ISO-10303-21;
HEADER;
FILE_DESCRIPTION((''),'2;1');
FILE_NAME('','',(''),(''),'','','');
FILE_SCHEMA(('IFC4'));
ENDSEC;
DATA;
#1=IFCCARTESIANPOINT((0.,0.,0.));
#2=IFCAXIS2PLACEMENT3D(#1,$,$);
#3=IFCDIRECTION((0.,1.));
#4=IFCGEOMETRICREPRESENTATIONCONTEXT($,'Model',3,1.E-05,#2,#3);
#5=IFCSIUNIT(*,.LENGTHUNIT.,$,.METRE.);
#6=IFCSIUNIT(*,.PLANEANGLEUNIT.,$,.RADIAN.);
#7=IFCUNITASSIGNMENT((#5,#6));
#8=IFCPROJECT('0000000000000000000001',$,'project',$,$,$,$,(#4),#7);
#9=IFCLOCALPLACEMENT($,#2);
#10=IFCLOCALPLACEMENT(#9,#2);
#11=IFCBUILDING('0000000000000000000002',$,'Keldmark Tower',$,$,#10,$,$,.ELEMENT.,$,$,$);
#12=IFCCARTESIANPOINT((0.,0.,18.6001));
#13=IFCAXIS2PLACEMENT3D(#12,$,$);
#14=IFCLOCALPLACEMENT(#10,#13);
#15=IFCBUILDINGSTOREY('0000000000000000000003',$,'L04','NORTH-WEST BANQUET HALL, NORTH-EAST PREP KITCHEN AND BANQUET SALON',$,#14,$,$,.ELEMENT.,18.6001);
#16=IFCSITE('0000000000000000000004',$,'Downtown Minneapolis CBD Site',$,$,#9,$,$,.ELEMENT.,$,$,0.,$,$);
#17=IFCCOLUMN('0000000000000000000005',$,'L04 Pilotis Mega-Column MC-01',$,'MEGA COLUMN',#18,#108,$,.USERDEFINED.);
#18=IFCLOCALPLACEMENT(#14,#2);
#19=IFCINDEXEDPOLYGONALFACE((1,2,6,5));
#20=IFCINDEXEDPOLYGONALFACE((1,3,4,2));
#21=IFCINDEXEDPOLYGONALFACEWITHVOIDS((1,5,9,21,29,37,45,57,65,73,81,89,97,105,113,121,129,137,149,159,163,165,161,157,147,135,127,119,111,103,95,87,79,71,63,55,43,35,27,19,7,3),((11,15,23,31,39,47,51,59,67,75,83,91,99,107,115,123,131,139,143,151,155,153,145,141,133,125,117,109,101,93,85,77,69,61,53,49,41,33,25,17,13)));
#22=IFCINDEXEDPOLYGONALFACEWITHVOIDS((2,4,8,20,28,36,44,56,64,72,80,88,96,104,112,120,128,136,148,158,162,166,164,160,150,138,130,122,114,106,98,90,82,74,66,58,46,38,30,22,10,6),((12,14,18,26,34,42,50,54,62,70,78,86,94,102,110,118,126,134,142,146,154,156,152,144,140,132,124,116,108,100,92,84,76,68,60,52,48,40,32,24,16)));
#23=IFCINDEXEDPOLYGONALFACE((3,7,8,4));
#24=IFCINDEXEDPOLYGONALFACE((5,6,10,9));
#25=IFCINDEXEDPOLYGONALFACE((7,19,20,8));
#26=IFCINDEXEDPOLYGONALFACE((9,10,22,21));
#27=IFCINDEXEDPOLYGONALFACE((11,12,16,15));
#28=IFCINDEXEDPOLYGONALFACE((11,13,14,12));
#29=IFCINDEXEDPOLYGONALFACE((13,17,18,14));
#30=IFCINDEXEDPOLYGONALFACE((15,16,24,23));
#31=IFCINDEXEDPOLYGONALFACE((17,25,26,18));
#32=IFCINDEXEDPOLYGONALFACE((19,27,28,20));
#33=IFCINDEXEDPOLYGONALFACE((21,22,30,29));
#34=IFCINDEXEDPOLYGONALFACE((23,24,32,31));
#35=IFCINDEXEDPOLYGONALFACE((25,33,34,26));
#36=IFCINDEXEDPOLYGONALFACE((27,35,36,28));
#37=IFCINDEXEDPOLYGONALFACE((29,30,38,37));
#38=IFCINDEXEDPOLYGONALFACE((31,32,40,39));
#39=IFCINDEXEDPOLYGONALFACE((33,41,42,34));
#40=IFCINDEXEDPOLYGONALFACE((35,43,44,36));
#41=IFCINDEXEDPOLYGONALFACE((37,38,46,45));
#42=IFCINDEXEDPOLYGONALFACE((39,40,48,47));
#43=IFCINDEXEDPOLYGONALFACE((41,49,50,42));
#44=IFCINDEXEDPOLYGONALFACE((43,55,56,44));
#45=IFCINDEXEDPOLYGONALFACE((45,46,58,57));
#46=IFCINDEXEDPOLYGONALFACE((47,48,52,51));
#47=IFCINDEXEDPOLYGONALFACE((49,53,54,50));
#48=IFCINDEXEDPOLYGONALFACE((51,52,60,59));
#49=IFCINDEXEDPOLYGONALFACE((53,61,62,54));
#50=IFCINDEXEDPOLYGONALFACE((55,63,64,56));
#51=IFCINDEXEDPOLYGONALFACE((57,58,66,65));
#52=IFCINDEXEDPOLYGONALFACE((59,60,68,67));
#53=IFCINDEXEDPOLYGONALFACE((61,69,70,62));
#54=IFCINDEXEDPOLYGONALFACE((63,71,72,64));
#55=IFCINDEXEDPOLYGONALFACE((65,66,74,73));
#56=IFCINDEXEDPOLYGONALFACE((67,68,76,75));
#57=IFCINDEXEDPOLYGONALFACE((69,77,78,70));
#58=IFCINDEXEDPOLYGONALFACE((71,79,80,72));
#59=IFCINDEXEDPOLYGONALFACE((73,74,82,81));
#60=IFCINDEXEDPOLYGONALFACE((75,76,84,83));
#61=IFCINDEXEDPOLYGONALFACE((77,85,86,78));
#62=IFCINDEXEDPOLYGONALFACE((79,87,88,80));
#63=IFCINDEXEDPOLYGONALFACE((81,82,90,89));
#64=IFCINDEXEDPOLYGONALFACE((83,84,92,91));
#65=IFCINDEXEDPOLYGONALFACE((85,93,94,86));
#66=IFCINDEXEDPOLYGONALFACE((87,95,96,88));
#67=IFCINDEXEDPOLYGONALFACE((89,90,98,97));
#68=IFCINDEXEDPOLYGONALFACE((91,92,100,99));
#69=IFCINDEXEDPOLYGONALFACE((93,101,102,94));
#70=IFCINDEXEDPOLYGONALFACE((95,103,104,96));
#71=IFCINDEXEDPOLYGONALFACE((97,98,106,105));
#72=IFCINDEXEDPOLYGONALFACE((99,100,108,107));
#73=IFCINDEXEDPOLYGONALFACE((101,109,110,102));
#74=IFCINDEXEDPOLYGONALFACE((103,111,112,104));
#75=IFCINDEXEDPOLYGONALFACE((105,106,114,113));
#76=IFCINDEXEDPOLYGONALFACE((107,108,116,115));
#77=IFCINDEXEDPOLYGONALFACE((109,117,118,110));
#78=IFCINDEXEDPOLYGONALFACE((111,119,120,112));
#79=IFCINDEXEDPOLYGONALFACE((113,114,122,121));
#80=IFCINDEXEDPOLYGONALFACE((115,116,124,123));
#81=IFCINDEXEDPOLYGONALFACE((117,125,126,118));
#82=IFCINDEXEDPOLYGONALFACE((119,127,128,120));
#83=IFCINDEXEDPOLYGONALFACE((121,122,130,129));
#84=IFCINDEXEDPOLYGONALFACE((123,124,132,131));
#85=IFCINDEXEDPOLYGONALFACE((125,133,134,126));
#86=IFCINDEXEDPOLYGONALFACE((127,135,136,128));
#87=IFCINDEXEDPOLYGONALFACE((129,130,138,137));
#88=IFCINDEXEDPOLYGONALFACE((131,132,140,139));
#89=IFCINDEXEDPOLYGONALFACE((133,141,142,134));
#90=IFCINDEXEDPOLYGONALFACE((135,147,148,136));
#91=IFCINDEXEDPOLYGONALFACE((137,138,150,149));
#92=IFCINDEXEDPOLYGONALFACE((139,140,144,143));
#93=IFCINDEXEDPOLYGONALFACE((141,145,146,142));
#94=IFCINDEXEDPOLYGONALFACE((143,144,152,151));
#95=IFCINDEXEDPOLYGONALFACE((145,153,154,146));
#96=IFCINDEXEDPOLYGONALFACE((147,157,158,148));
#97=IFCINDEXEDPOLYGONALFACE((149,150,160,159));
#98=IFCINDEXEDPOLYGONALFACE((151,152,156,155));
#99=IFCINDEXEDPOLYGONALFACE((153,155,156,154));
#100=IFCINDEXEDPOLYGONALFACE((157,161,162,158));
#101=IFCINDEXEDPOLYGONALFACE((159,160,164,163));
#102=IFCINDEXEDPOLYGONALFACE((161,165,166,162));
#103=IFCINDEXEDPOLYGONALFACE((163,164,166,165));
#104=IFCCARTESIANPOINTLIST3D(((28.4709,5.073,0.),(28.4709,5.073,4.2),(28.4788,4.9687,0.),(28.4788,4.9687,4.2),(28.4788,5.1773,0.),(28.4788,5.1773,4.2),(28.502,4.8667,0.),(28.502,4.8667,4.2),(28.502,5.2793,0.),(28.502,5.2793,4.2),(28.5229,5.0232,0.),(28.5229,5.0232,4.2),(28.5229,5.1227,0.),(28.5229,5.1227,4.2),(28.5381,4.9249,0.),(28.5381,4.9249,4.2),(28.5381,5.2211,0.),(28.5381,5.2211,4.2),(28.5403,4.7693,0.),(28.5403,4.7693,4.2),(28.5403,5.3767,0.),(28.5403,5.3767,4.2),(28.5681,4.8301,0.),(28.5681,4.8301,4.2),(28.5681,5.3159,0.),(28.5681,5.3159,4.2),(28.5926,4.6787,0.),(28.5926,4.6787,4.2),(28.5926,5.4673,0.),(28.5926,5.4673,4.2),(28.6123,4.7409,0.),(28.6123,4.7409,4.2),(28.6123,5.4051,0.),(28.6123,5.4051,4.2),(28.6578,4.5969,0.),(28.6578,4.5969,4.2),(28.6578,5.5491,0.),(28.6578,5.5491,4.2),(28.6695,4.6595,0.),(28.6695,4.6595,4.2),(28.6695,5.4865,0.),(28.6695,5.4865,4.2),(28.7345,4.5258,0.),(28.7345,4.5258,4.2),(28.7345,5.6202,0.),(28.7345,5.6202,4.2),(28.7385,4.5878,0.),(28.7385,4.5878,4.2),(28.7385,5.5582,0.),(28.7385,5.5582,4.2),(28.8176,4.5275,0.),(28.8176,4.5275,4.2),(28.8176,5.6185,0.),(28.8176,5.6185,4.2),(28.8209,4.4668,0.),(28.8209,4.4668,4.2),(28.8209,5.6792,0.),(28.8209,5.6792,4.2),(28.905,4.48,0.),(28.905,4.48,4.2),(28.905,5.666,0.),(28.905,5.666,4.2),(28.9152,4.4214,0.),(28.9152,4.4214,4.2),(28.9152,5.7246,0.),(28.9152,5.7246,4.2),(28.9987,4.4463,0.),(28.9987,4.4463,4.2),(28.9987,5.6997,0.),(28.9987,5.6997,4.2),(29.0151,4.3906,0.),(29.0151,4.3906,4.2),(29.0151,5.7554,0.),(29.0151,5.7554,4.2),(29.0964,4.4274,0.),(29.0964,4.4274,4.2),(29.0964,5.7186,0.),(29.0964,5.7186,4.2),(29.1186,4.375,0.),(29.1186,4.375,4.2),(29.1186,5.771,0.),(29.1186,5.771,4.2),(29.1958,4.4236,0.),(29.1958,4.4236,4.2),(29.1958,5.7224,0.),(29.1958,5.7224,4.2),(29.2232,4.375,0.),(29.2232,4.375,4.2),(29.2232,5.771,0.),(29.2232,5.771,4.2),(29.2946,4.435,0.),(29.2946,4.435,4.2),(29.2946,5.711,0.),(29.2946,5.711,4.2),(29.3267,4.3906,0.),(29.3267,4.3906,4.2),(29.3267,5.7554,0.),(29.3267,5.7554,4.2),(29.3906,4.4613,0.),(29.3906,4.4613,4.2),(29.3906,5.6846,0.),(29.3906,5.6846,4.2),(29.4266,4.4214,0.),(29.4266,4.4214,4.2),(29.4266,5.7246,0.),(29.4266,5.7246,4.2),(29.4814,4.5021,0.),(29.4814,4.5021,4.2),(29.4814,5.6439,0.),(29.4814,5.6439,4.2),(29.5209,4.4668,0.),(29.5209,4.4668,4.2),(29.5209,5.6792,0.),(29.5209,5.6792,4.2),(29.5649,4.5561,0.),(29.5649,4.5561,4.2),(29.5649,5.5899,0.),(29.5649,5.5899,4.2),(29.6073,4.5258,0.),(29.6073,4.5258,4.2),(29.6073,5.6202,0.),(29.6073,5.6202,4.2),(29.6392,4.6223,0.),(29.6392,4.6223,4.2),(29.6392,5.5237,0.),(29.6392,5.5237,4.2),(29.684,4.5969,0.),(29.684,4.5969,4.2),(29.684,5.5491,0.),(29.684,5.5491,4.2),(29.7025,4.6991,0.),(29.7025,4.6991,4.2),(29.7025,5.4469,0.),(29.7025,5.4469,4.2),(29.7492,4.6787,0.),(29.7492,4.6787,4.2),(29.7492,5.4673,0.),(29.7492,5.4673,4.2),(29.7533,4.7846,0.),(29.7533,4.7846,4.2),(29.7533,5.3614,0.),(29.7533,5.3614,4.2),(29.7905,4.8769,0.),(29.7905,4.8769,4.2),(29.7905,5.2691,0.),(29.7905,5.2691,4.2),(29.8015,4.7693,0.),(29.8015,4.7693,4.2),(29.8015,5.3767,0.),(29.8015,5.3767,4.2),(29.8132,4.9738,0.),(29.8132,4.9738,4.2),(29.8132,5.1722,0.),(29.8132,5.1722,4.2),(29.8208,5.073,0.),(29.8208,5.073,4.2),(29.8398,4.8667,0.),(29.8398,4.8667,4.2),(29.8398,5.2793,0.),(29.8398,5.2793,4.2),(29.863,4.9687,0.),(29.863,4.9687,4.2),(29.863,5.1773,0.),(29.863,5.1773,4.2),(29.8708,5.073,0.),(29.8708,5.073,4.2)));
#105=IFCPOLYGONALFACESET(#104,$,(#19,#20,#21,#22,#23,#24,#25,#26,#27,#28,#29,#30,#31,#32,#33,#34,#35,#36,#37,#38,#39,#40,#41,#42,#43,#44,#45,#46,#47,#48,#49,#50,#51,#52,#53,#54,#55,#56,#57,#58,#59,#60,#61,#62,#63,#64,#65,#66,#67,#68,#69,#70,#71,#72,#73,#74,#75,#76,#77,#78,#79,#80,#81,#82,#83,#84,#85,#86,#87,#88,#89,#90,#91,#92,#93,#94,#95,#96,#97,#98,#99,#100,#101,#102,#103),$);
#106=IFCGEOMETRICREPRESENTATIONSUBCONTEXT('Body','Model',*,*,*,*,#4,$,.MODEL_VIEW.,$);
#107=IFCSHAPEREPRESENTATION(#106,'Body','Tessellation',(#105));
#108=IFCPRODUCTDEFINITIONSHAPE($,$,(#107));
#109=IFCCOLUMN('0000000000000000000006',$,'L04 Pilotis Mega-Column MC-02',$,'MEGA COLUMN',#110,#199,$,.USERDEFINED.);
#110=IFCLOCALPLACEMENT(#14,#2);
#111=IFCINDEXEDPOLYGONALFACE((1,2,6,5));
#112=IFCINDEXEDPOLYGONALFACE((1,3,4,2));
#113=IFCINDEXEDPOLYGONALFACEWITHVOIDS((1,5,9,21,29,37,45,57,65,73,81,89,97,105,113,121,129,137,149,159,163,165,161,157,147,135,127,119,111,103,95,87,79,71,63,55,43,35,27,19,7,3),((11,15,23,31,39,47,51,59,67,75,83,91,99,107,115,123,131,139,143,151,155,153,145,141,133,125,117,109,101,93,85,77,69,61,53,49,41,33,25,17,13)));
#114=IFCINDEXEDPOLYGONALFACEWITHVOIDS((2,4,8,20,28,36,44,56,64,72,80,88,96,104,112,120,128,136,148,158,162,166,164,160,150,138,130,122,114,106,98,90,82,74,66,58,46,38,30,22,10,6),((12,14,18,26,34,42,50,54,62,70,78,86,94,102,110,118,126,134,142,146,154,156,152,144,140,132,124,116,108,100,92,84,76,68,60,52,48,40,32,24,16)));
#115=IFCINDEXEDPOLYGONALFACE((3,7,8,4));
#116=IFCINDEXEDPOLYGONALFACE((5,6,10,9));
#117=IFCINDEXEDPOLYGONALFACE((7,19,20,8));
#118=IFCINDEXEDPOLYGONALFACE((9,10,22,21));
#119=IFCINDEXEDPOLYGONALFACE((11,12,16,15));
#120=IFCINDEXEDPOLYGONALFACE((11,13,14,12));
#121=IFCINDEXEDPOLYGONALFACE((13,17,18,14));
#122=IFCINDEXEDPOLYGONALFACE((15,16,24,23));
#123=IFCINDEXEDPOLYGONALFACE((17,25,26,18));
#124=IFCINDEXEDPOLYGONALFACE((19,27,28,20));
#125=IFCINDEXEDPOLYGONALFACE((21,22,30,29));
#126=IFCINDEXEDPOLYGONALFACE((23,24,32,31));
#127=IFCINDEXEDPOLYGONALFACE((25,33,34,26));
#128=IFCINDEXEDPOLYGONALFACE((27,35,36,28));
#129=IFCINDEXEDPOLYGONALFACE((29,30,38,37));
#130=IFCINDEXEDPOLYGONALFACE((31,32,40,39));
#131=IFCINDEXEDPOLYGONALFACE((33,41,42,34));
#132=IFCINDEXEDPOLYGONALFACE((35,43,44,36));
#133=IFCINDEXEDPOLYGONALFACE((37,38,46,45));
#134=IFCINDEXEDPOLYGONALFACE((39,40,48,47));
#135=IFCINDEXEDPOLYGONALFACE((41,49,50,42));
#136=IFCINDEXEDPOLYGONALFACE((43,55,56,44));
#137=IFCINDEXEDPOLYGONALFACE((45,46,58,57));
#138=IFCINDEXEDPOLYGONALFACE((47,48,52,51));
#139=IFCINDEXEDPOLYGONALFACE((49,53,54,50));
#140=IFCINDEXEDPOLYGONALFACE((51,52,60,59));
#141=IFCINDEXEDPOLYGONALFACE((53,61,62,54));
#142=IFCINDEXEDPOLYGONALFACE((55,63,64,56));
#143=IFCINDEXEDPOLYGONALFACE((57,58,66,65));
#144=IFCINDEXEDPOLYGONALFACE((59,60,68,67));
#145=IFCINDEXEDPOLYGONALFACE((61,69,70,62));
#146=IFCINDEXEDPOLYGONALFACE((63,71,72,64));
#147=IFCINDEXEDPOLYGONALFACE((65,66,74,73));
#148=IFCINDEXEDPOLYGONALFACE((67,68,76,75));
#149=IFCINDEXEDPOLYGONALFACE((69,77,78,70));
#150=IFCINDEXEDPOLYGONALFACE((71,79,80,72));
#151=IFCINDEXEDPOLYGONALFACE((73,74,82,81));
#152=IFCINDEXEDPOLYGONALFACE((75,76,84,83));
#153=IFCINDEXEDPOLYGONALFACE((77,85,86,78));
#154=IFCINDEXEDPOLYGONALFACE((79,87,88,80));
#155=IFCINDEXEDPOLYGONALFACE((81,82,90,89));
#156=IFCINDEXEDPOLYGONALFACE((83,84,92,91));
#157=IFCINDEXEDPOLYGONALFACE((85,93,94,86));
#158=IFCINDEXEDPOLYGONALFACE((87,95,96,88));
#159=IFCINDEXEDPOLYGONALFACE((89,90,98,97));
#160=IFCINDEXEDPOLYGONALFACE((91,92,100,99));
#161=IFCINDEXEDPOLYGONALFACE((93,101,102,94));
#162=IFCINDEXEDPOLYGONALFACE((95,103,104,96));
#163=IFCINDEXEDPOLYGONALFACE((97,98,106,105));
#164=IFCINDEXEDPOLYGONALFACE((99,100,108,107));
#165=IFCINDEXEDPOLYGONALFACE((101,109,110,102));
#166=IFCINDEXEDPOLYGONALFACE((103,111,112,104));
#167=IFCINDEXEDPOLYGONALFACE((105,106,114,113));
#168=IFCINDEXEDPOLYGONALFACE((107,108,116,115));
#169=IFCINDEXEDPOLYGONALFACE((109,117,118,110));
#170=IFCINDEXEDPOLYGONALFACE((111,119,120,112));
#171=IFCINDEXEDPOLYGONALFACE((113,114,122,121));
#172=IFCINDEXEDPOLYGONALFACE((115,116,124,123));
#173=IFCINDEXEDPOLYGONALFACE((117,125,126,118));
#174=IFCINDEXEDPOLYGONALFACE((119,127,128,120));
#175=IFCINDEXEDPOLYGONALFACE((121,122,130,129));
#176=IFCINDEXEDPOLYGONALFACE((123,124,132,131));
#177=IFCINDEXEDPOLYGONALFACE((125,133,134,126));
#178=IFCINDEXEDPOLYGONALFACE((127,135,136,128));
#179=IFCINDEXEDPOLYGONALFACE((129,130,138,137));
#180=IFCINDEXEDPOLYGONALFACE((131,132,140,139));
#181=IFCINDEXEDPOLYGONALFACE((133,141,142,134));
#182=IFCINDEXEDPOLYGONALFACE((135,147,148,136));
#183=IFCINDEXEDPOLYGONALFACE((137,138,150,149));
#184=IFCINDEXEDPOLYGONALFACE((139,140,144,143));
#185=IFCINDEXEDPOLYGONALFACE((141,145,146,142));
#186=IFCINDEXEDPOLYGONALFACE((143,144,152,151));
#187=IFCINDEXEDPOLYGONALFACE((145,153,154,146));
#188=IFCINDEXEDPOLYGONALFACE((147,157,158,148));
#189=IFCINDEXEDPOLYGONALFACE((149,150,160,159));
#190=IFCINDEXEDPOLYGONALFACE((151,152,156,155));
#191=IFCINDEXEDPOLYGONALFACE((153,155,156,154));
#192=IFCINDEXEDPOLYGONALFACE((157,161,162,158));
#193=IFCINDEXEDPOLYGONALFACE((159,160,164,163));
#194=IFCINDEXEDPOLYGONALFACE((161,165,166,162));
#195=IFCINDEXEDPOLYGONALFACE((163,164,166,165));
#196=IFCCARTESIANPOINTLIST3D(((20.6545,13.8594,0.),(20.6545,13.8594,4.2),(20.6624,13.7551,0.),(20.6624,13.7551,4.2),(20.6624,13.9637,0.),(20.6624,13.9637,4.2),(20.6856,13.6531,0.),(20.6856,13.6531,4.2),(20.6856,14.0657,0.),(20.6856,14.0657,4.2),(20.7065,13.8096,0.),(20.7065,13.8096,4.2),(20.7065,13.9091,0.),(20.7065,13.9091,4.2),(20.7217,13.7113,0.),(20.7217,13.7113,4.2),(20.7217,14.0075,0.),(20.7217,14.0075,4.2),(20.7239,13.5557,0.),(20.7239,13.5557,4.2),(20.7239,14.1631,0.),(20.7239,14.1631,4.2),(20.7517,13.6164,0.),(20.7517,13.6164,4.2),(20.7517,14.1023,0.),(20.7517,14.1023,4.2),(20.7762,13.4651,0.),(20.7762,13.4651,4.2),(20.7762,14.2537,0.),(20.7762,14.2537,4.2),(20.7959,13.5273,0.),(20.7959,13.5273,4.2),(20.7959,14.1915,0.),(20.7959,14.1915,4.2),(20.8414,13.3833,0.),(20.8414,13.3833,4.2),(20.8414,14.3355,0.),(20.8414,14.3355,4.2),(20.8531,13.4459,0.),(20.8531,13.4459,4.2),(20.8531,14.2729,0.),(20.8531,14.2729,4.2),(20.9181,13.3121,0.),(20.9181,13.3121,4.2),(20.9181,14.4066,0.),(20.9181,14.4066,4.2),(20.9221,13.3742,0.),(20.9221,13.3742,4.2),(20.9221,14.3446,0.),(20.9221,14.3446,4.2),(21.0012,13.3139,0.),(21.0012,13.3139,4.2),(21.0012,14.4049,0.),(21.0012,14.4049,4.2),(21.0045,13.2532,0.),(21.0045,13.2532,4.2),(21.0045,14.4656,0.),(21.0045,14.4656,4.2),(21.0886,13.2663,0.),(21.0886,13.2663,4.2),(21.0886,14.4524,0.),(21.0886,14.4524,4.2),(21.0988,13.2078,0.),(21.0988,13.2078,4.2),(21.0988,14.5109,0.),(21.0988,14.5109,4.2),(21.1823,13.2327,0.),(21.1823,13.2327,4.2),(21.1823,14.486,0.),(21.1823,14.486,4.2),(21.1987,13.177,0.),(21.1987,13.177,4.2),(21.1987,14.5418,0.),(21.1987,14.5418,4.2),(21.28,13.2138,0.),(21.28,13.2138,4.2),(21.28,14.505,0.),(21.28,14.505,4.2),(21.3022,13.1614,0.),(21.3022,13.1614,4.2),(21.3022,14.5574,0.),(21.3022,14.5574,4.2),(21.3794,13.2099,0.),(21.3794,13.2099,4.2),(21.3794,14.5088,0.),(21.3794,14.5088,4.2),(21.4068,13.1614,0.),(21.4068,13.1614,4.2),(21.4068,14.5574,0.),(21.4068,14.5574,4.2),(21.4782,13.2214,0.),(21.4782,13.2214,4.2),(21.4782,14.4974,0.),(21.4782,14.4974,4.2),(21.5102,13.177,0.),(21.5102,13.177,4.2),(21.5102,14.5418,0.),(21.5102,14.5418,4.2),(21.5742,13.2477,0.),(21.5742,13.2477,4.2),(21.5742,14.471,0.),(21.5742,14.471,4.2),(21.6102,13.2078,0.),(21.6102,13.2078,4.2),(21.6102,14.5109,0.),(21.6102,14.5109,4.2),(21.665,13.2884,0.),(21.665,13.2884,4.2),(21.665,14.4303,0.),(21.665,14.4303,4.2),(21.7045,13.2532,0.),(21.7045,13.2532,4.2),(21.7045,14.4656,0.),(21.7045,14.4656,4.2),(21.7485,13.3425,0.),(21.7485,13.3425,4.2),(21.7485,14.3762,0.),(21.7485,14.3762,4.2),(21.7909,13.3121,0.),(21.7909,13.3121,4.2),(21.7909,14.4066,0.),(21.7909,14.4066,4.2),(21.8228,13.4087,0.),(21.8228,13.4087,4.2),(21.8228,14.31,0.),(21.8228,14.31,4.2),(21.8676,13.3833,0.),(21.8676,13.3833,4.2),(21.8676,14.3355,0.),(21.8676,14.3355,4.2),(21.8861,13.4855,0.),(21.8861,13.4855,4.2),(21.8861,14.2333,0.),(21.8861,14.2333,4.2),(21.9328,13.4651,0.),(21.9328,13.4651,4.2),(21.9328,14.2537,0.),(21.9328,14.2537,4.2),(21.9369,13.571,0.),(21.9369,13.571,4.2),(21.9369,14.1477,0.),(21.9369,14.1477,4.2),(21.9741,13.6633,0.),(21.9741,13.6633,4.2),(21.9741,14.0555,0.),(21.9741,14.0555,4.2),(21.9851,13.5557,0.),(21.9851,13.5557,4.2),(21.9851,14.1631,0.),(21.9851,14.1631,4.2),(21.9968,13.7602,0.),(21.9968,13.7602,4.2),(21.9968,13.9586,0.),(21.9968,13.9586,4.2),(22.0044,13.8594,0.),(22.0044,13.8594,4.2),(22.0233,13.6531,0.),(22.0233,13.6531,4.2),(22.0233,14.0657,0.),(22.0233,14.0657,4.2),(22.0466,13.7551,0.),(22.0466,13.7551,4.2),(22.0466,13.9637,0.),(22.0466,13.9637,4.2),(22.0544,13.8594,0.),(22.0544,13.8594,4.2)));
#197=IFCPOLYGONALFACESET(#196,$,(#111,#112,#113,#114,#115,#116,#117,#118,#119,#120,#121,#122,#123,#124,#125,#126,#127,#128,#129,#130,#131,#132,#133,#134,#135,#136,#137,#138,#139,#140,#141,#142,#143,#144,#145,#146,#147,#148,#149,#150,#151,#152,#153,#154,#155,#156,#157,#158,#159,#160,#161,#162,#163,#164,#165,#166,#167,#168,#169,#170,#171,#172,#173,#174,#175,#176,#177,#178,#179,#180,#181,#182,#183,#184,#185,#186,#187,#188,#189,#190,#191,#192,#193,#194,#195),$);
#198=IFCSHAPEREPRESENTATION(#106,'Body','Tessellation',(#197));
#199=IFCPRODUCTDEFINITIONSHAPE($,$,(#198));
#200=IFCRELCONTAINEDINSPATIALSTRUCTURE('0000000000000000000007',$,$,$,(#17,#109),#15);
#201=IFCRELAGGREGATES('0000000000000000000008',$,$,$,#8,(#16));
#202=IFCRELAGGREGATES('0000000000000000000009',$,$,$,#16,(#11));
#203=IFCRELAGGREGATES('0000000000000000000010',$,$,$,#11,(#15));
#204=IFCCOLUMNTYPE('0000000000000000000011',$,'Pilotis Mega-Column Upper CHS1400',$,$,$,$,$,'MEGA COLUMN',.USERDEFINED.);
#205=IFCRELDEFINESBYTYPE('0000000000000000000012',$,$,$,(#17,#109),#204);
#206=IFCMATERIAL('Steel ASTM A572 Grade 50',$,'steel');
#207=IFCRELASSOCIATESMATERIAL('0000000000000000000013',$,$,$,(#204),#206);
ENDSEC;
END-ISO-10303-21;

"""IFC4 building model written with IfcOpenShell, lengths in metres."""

from ifc_helpers import new_model, si_unit, direction, frame, origin, origin_2d, place, context, subcontext, project, spatial, hollow_circle, extrude, material, material_profile, profile_set, type_object, element, save


model = new_model("IFC4")

# Units and contexts
model_context = context("Model", 3, precision=1e-05, world=origin(), true_north=direction((0.0, 1.0)))
body_context = subcontext(model_context, "Body", "Model", "MODEL_VIEW")
ifc_project = project(units=[si_unit("LENGTHUNIT", "METRE"), si_unit("PLANEANGLEUNIT", "RADIAN")], contexts=[model_context])

# Site, building, storey
site_placement = place(None, origin())
site = spatial("IfcSite", under=ifc_project, at=site_placement, Name="Downtown Minneapolis CBD Site", CompositionType="ELEMENT", RefElevation=0.0)
building_placement = place(site_placement, origin())
building = spatial("IfcBuilding", under=site, at=building_placement, Name="Keldmark Tower", CompositionType="ELEMENT")
storey_placement = place(building_placement, frame((0.0, 0.0, 18.6001)))
storey = spatial("IfcBuildingStorey", under=building, at=storey_placement, Name="L04", Description="NORTH-WEST BANQUET HALL, NORTH-EAST PREP KITCHEN AND BANQUET SALON", CompositionType="ELEMENT", Elevation=18.6001)

# Columns
ifc_material_1 = material(Name="Steel ASTM A572 Grade 50", Category="steel")
ifc_material_profile_1 = material_profile(ifc_material_1, hollow_circle(Radius=0.7, WallThickness=0.05, at=origin_2d()), Name="CHS1400X50")
ifc_profile_set_1 = profile_set([ifc_material_profile_1], Name="Steel ASTM A572 Grade 50")
column_type = type_object("IfcColumnType", Name="Pilotis Mega-Column Upper CHS1400", ElementType="MEGA COLUMN", PredefinedType="USERDEFINED", material=ifc_profile_set_1)
for number, where, z_axis, x_axis, name in (
    (1, (29.1709, 5.073, 0.0), (0.0, 0.0, 1.0), (1.0, 0.0, 0.0), "L04 Pilotis Mega-Column MC-01"),
    (2, (21.3545, 13.8594, 0.0), (0.0, 0.0, 1.0), (1.0, 0.0, 0.0), "L04 Pilotis Mega-Column MC-02"),
):
    element("IfcColumn", number, at=place(storey_placement, frame(where, z_axis=z_axis, x_axis=x_axis)), inside=storey, type_object=column_type, Name=name, ObjectType="MEGA COLUMN", PredefinedType="USERDEFINED", context=body_context, shape_type="SweptSolid", body=[
        extrude(hollow_circle(Radius=0.7, WallThickness=0.05, at=origin_2d()), origin(), (0.0, 0.0, 1.0), 4.2),
    ])

save(model, "model.ifc")
